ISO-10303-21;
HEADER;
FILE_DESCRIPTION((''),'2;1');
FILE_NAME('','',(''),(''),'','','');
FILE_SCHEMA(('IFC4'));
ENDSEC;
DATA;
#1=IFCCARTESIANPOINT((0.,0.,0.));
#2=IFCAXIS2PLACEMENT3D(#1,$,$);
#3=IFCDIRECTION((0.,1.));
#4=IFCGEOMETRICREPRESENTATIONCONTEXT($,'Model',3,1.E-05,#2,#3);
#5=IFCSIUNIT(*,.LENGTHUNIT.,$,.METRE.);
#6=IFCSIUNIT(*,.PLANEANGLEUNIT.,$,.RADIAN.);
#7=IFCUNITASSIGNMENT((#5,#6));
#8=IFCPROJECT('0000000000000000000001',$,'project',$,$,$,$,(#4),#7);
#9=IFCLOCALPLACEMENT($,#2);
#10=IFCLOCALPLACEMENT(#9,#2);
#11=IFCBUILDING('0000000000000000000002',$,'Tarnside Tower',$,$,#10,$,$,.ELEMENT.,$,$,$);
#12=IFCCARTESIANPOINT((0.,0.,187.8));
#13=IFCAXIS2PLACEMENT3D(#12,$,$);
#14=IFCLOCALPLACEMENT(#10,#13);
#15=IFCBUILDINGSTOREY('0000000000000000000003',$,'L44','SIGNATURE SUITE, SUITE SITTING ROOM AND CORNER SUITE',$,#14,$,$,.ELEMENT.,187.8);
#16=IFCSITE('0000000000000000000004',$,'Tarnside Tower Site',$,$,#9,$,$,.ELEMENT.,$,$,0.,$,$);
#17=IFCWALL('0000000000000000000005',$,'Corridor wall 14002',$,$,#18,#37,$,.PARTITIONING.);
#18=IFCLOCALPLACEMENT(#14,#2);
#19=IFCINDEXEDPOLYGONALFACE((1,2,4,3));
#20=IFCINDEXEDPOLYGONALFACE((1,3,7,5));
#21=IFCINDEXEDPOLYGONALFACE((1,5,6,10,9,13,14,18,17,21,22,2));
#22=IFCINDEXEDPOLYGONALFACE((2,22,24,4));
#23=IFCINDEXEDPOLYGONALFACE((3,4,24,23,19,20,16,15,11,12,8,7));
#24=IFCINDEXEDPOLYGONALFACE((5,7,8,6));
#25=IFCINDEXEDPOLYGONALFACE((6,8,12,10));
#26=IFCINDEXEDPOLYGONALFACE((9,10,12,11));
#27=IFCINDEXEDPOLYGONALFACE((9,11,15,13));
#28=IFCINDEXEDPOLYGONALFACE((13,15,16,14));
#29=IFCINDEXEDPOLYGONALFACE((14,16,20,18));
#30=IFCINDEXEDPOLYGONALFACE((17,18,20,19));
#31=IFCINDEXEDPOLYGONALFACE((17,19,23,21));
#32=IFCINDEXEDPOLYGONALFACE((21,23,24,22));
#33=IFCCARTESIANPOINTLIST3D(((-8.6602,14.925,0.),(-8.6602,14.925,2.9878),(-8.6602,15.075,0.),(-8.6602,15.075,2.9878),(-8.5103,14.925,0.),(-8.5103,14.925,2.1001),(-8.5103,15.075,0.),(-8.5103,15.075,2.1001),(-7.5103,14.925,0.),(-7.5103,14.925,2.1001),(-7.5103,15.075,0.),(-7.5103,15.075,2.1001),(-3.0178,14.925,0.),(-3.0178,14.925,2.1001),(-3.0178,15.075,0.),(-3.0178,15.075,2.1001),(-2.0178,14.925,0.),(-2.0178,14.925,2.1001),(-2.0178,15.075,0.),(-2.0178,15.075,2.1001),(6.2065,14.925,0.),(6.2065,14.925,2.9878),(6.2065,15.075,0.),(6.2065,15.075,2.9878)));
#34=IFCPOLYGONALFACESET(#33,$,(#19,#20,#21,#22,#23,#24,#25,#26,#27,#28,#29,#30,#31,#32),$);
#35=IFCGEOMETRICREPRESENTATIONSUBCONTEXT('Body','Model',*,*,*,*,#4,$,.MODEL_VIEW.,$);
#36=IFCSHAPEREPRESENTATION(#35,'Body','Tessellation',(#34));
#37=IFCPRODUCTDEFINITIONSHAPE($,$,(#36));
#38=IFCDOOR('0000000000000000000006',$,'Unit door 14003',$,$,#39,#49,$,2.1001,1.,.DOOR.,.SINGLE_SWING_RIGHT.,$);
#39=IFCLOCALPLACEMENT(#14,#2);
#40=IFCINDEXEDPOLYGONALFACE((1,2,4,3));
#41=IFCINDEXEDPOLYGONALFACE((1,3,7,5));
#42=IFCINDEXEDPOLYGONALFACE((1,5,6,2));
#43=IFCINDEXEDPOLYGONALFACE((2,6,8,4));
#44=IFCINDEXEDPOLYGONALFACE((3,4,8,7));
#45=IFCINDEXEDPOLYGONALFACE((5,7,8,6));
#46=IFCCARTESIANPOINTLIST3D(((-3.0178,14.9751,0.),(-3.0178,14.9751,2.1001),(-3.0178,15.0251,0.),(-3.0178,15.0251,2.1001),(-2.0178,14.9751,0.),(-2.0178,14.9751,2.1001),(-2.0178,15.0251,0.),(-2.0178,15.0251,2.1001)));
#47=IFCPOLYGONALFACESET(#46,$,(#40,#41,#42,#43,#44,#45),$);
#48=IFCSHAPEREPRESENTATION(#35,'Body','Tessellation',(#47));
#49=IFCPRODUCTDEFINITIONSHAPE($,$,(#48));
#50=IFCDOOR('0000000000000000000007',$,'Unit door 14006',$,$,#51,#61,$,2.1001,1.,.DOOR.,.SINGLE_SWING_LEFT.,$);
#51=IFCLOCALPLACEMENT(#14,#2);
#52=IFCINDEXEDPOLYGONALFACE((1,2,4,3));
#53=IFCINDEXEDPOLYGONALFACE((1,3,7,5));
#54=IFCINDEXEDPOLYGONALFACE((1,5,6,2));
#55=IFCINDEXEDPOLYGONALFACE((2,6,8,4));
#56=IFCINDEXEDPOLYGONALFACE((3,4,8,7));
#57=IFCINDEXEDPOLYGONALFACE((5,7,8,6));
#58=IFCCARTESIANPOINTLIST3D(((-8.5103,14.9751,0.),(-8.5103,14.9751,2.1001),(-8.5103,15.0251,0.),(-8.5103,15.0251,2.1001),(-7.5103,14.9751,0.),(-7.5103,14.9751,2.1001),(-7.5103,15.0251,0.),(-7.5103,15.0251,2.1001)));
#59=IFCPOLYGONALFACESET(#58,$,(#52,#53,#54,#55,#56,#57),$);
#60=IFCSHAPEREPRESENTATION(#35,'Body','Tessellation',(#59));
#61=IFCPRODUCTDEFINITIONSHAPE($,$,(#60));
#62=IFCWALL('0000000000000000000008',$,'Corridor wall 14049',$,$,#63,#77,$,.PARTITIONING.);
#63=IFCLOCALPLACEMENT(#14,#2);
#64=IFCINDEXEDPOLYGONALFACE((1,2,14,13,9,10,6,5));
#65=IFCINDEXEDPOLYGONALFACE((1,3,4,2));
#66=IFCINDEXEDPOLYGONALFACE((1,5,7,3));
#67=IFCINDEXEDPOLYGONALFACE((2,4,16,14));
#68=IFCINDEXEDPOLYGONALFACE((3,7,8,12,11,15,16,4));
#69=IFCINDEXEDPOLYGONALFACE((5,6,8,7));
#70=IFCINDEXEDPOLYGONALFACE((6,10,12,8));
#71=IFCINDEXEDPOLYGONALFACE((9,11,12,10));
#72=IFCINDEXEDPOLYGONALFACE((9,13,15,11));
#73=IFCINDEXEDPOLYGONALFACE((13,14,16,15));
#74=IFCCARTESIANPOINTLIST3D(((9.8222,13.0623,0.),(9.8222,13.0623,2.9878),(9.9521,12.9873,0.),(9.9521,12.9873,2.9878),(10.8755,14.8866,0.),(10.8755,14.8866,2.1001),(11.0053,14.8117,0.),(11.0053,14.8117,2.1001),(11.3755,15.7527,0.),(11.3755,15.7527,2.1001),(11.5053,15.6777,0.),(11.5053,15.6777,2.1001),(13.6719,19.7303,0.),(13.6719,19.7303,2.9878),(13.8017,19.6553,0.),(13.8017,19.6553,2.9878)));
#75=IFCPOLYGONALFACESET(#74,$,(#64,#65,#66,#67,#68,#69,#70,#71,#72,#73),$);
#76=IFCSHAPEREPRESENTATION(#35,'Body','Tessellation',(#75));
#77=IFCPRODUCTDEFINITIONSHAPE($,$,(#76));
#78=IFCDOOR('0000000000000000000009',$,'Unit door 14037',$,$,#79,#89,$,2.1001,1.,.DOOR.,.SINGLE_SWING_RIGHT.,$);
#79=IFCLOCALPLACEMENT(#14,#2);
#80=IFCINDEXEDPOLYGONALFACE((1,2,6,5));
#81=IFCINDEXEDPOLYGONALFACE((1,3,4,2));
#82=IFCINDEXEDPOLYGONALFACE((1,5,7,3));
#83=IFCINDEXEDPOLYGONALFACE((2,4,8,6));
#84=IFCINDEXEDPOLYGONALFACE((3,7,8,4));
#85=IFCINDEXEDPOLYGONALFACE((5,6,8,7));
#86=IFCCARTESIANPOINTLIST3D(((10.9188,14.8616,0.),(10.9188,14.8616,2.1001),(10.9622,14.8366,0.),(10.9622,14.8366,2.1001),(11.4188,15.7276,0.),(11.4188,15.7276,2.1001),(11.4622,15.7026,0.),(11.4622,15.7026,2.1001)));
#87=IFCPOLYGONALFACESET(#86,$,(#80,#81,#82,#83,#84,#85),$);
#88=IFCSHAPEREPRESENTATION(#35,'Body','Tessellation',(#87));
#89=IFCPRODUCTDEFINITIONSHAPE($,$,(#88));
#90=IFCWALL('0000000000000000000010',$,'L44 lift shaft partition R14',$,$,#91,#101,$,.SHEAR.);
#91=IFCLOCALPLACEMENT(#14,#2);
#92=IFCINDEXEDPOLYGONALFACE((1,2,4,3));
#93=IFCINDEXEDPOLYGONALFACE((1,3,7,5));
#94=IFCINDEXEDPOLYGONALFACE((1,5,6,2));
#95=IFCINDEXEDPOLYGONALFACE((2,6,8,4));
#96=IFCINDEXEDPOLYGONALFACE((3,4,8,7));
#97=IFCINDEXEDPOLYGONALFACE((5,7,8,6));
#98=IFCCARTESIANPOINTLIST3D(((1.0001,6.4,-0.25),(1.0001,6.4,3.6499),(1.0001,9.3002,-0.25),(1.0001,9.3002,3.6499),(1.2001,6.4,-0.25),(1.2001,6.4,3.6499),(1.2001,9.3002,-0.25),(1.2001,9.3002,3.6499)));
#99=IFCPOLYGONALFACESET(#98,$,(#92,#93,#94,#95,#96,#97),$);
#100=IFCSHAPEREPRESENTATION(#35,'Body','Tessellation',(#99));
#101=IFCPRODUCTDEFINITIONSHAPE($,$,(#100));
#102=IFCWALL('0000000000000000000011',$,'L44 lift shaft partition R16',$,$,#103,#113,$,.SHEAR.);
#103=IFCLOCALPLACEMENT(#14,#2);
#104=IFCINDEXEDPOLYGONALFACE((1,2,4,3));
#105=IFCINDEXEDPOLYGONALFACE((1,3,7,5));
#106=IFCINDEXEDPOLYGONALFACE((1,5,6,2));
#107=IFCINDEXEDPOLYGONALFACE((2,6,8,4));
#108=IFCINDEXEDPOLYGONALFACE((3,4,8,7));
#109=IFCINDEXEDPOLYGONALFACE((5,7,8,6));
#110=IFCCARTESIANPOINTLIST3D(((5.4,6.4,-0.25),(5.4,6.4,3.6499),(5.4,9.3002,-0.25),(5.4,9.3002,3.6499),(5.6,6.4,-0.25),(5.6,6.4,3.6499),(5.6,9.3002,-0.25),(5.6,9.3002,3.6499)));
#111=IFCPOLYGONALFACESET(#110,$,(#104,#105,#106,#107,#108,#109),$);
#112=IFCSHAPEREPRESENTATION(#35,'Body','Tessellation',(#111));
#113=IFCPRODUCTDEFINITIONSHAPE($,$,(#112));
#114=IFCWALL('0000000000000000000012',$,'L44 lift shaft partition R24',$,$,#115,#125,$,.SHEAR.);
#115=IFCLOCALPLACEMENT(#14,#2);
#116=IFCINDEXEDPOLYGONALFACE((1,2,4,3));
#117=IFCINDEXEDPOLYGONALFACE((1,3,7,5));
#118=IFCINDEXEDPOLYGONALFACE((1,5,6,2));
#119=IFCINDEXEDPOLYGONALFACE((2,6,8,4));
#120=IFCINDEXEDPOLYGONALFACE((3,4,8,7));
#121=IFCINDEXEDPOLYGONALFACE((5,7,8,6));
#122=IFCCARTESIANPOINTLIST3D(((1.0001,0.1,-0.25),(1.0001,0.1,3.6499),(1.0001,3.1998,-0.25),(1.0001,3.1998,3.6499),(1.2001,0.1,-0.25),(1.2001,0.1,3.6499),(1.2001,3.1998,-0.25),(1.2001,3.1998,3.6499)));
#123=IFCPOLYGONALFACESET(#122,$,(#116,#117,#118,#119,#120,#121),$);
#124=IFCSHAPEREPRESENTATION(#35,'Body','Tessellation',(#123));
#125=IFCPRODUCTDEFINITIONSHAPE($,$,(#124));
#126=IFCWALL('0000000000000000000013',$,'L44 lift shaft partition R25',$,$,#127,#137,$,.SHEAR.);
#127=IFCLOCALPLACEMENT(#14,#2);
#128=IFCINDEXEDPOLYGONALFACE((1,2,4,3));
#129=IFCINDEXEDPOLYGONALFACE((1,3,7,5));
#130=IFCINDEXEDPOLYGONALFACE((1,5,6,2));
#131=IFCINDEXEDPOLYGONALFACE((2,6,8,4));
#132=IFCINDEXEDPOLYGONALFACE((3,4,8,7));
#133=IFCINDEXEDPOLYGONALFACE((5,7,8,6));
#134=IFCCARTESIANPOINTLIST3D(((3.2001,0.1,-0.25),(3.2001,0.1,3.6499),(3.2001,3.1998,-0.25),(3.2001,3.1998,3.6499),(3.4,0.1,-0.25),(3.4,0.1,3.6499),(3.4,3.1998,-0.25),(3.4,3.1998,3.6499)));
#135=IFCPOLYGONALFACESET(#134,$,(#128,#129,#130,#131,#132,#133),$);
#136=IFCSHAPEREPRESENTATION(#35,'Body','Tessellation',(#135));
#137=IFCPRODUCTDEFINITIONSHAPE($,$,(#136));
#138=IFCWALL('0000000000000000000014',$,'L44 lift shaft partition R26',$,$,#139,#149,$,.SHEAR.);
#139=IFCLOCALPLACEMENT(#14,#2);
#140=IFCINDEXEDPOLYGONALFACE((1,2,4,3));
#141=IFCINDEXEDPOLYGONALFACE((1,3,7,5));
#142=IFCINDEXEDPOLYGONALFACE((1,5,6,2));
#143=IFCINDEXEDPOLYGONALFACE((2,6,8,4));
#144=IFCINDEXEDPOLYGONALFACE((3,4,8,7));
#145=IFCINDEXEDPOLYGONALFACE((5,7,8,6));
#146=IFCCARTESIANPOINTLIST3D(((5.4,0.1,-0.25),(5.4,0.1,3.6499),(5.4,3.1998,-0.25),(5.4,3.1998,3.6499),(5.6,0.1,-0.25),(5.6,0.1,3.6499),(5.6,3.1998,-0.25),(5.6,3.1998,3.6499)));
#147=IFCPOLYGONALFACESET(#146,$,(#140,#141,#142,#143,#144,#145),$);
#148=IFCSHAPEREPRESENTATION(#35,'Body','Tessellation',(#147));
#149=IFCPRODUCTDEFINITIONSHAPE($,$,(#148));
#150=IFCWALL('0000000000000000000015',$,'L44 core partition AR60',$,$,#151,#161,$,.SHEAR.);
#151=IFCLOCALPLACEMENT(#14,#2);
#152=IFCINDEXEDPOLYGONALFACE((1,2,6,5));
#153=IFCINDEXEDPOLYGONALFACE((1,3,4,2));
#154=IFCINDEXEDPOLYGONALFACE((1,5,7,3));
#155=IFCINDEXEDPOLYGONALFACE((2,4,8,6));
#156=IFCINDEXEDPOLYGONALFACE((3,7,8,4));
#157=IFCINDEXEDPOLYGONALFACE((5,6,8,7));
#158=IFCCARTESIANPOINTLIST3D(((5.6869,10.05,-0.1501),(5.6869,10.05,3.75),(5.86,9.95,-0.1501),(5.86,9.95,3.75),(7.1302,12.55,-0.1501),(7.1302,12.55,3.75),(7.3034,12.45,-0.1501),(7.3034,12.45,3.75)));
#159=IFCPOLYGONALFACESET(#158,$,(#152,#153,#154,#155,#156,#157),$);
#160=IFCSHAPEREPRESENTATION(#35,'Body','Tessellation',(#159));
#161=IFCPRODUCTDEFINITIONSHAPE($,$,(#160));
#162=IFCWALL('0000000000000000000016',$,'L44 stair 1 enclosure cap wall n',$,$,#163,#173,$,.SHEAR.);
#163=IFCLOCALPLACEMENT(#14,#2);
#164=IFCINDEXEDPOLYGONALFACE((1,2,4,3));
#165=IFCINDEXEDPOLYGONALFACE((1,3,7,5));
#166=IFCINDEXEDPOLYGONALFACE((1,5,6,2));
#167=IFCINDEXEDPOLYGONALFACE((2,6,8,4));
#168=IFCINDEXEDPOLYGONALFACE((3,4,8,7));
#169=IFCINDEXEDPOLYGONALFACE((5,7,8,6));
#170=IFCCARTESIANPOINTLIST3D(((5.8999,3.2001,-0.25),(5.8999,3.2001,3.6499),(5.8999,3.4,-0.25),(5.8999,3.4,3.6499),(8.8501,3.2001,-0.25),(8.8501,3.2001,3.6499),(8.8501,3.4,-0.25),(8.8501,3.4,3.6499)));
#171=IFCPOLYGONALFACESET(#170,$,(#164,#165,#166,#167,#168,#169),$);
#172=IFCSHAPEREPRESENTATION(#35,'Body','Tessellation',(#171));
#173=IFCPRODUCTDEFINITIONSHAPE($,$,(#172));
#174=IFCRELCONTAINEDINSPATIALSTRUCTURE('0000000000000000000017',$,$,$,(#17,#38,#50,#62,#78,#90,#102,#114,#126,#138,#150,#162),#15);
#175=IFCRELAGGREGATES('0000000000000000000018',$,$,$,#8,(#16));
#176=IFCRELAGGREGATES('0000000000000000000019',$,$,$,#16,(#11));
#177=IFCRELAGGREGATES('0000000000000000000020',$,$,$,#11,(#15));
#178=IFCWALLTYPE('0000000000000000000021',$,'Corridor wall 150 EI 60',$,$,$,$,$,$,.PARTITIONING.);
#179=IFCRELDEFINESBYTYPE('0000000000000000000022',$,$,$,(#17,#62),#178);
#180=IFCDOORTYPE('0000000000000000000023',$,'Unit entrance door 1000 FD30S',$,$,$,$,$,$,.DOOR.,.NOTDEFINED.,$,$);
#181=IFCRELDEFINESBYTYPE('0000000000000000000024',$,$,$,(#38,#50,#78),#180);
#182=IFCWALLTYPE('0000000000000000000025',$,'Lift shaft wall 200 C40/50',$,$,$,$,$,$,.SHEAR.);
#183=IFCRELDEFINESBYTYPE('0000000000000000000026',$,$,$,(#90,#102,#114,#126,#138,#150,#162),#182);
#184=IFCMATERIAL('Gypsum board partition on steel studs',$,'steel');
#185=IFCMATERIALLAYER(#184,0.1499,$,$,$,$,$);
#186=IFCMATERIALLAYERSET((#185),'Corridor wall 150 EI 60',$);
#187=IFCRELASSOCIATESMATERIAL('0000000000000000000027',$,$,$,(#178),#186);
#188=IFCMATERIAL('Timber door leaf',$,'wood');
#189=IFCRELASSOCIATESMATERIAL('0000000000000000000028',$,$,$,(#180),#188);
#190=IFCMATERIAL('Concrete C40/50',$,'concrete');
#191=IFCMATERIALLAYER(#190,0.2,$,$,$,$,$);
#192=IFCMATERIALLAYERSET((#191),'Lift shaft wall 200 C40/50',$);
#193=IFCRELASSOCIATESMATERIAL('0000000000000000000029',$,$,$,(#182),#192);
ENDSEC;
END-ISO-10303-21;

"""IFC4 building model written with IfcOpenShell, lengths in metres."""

from ifc_helpers import new_model, si_unit, direction, frame, frame_2d, origin, place, context, subcontext, project, spatial, rectangle, extrude, material, layer, layer_set, type_object, element, fill, save


model = new_model("IFC4")

# Units and contexts
model_context = context("Model", 3, precision=1e-05, world=origin(), true_north=direction((0.0, 1.0)))
body_context = subcontext(model_context, "Body", "Model", "MODEL_VIEW")
ifc_project = project(units=[si_unit("LENGTHUNIT", "METRE"), si_unit("PLANEANGLEUNIT", "RADIAN")], contexts=[model_context])

# Site, building, storey
site_placement = place(None, origin())
site = spatial("IfcSite", under=ifc_project, at=site_placement, Name="Tarnside Tower Site", CompositionType="ELEMENT", RefElevation=0.0)
building_placement = place(site_placement, origin())
building = spatial("IfcBuilding", under=site, at=building_placement, Name="Tarnside Tower", CompositionType="ELEMENT")
storey_placement = place(building_placement, frame((0.0, 0.0, 187.8)))
storey = spatial("IfcBuildingStorey", under=building, at=storey_placement, Name="L44", Description="SIGNATURE SUITE, SUITE SITTING ROOM AND CORNER SUITE", CompositionType="ELEMENT", Elevation=187.8)

# Shared definitions
ifc_material_1 = material(Name="Gypsum board partition on steel studs", Category="steel")
ifc_material_2 = material(Name="Timber door leaf", Category="wood")

# Wall, openings, doors
ifc_layer_1 = layer(ifc_material_1, 0.1499)
ifc_layer_set_1 = layer_set([ifc_layer_1], Name="Corridor wall 150 EI 60")
wall_type_1 = type_object("IfcWallType", Name="Corridor wall 150 EI 60", PredefinedType="PARTITIONING", material=ifc_layer_set_1)
wall_1_placement = place(storey_placement, frame((6.2065, 15.0, 0.0), z_axis=(0.0, 0.0, 1.0), x_axis=(-1.0, 0.0, 0.0)))
wall_1 = element("IfcWall", 1, at=wall_1_placement, inside=storey, type_object=wall_type_1, Name="Corridor wall 14002", PredefinedType="PARTITIONING", context=body_context, shape_type="SweptSolid", body=[
    extrude(rectangle(XDim=14.8667, YDim=0.1499, at=frame_2d((7.4333, 0.0))), origin(), (0.0, 0.0, 1.0), 2.9878),
])
opening_1_placement = place(wall_1_placement, frame((8.2244, 0.0, 0.0)))
opening_1 = element("IfcOpeningElement", 2, at=opening_1_placement, cuts=wall_1, PredefinedType="OPENING", context=body_context, shape_type="SweptSolid", body=[
    extrude(rectangle(XDim=1.0, YDim=2.1001, at=frame_2d((0.5, 1.05))), frame((0.0, 0.085, 0.0), z_axis=(0.0, -1.0, 0.0), x_axis=(1.0, 0.0, 0.0)), (0.0, 0.0, 1.0), 0.1699),
])
opening_2_placement = place(wall_1_placement, frame((13.7168, 0.0, 0.0)))
opening_2 = element("IfcOpeningElement", 3, at=opening_2_placement, cuts=wall_1, PredefinedType="OPENING", context=body_context, shape_type="SweptSolid", body=[
    extrude(rectangle(XDim=1.0, YDim=2.1001, at=frame_2d((0.5, 1.05))), frame((0.0, 0.085, 0.0), z_axis=(0.0, -1.0, 0.0), x_axis=(1.0, 0.0, 0.0)), (0.0, 0.0, 1.0), 0.1699),
])
door_type_1 = type_object("IfcDoorType", Name="Unit entrance door 1000 FD30S", OperationType="NOTDEFINED", PredefinedType="DOOR", material=ifc_material_2)
door_1_placement = place(opening_1_placement, origin())
door_1 = element("IfcDoor", 4, at=door_1_placement, inside=storey, type_object=door_type_1, Name="Unit door 14003", OperationType="SINGLE_SWING_RIGHT", OverallHeight=2.1001, OverallWidth=1.0, PredefinedType="DOOR", context=body_context, shape_type="SweptSolid", body=[
    extrude(rectangle(XDim=1.0, YDim=2.1001, at=frame_2d((0.5, 1.05))), frame((0.0, 0.0249, 0.0), z_axis=(0.0, -1.0, 0.0), x_axis=(1.0, 0.0, 0.0)), (0.0, 0.0, 1.0), 0.05),
])
fill(opening_1, door_1)
door_2_placement = place(opening_2_placement, origin())
door_2 = element("IfcDoor", 5, at=door_2_placement, inside=storey, type_object=door_type_1, Name="Unit door 14006", OperationType="SINGLE_SWING_LEFT", OverallHeight=2.1001, OverallWidth=1.0, PredefinedType="DOOR", context=body_context, shape_type="SweptSolid", body=[
    extrude(rectangle(XDim=1.0, YDim=2.1001, at=frame_2d((0.5, 1.05))), frame((0.0, 0.0249, 0.0), z_axis=(0.0, -1.0, 0.0), x_axis=(1.0, 0.0, 0.0)), (0.0, 0.0, 1.0), 0.05),
])
fill(opening_2, door_2)

# Wall, opening, door
wall_2_placement = place(storey_placement, frame((9.8872, 13.0249, 0.0), z_axis=(0.0, 0.0, 1.0), x_axis=(0.499986, 0.866034, 0.0)))
wall_2 = element("IfcWall", 6, at=wall_2_placement, inside=storey, type_object=wall_type_1, Name="Corridor wall 14049", PredefinedType="PARTITIONING", context=body_context, shape_type="SweptSolid", body=[
    extrude(rectangle(XDim=7.6995, YDim=0.1499, at=frame_2d((3.8496, 0.0))), origin(), (0.0, 0.0, 1.0), 2.9878),
])
opening_3_placement = place(wall_2_placement, frame((2.1064, 0.0, 0.0)))
opening_3 = element("IfcOpeningElement", 7, at=opening_3_placement, cuts=wall_2, PredefinedType="OPENING", context=body_context, shape_type="SweptSolid", body=[
    extrude(rectangle(XDim=1.0, YDim=2.1001, at=frame_2d((0.5, 1.05))), frame((0.0, 0.085, 0.0), z_axis=(0.0, -1.0, 0.0), x_axis=(1.0, 0.0, 0.0)), (0.0, 0.0, 1.0), 0.1699),
])
door_3_placement = place(opening_3_placement, origin())
door_3 = element("IfcDoor", 8, at=door_3_placement, inside=storey, type_object=door_type_1, Name="Unit door 14037", OperationType="SINGLE_SWING_RIGHT", OverallHeight=2.1001, OverallWidth=1.0, PredefinedType="DOOR", context=body_context, shape_type="SweptSolid", body=[
    extrude(rectangle(XDim=1.0, YDim=2.1001, at=frame_2d((0.5, 1.05))), frame((0.0, 0.0249, 0.0), z_axis=(0.0, -1.0, 0.0), x_axis=(1.0, 0.0, 0.0)), (0.0, 0.0, 1.0), 0.05),
])
fill(opening_3, door_3)

# Walls
ifc_material_3 = material(Name="Concrete C40/50", Category="concrete")
ifc_layer_2 = layer(ifc_material_3, 0.2)
ifc_layer_set_2 = layer_set([ifc_layer_2], Name="Lift shaft wall 200 C40/50")
wall_type_2 = type_object("IfcWallType", Name="Lift shaft wall 200 C40/50", PredefinedType="SHEAR", material=ifc_layer_set_2)
for number, where, z_axis, x_axis, name in (
    (9, (1.1001, 6.3999, -0.25), (0.0, 0.0, 1.0), (0.0, 1.0, 0.0), "L44 lift shaft partition R14"),
    (10, (5.5, 6.3999, -0.25), (0.0, 0.0, 1.0), (0.0, 1.0, 0.0), "L44 lift shaft partition R16"),
):
    element("IfcWall", number, at=place(storey_placement, frame(where, z_axis=z_axis, x_axis=x_axis)), inside=storey, type_object=wall_type_2, Name=name, PredefinedType="SHEAR", context=body_context, shape_type="SweptSolid", body=[
        extrude(rectangle(XDim=2.9001, YDim=0.2, at=frame_2d((1.4502, 0.0))), origin(), (0.0, 0.0, 1.0), 3.8999),
    ])
for number, where, z_axis, x_axis, name in (
    (11, (1.1001, 0.1001, -0.25), (0.0, 0.0, 1.0), (0.0, 1.0, 0.0), "L44 lift shaft partition R24"),
    (12, (3.3, 0.1001, -0.25), (0.0, 0.0, 1.0), (0.0, 1.0, 0.0), "L44 lift shaft partition R25"),
    (13, (5.5, 0.1001, -0.25), (0.0, 0.0, 1.0), (0.0, 1.0, 0.0), "L44 lift shaft partition R26"),
):
    element("IfcWall", number, at=place(storey_placement, frame(where, z_axis=z_axis, x_axis=x_axis)), inside=storey, type_object=wall_type_2, Name=name, PredefinedType="SHEAR", context=body_context, shape_type="SweptSolid", body=[
        extrude(rectangle(XDim=3.0999, YDim=0.2, at=frame_2d((1.5498, 0.0))), origin(), (0.0, 0.0, 1.0), 3.8999),
    ])
wall_3_placement = place(storey_placement, frame((5.7734, 10.0, -0.1501), z_axis=(0.0, 0.0, 1.0), x_axis=(0.499996, 0.866028, 0.0)))
element("IfcWall", 14, at=wall_3_placement, inside=storey, type_object=wall_type_2, Name="L44 core partition AR60", PredefinedType="SHEAR", context=body_context, shape_type="SweptSolid", body=[
    extrude(rectangle(XDim=2.8867, YDim=0.2, at=frame_2d((1.4434, 0.0))), origin(), (0.0, 0.0, 1.0), 3.9001),
])
wall_4_placement = place(storey_placement, frame((5.8999, 3.3, -0.25), z_axis=(0.0, 0.0, 1.0), x_axis=(1.0, 0.0, 0.0)))
element("IfcWall", 15, at=wall_4_placement, inside=storey, type_object=wall_type_2, Name="L44 stair 1 enclosure cap wall n", PredefinedType="SHEAR", context=body_context, shape_type="SweptSolid", body=[
    extrude(rectangle(XDim=2.9502, YDim=0.2, at=frame_2d((1.4751, 0.0))), origin(), (0.0, 0.0, 1.0), 3.8999),
])

save(model, "model.ifc")
